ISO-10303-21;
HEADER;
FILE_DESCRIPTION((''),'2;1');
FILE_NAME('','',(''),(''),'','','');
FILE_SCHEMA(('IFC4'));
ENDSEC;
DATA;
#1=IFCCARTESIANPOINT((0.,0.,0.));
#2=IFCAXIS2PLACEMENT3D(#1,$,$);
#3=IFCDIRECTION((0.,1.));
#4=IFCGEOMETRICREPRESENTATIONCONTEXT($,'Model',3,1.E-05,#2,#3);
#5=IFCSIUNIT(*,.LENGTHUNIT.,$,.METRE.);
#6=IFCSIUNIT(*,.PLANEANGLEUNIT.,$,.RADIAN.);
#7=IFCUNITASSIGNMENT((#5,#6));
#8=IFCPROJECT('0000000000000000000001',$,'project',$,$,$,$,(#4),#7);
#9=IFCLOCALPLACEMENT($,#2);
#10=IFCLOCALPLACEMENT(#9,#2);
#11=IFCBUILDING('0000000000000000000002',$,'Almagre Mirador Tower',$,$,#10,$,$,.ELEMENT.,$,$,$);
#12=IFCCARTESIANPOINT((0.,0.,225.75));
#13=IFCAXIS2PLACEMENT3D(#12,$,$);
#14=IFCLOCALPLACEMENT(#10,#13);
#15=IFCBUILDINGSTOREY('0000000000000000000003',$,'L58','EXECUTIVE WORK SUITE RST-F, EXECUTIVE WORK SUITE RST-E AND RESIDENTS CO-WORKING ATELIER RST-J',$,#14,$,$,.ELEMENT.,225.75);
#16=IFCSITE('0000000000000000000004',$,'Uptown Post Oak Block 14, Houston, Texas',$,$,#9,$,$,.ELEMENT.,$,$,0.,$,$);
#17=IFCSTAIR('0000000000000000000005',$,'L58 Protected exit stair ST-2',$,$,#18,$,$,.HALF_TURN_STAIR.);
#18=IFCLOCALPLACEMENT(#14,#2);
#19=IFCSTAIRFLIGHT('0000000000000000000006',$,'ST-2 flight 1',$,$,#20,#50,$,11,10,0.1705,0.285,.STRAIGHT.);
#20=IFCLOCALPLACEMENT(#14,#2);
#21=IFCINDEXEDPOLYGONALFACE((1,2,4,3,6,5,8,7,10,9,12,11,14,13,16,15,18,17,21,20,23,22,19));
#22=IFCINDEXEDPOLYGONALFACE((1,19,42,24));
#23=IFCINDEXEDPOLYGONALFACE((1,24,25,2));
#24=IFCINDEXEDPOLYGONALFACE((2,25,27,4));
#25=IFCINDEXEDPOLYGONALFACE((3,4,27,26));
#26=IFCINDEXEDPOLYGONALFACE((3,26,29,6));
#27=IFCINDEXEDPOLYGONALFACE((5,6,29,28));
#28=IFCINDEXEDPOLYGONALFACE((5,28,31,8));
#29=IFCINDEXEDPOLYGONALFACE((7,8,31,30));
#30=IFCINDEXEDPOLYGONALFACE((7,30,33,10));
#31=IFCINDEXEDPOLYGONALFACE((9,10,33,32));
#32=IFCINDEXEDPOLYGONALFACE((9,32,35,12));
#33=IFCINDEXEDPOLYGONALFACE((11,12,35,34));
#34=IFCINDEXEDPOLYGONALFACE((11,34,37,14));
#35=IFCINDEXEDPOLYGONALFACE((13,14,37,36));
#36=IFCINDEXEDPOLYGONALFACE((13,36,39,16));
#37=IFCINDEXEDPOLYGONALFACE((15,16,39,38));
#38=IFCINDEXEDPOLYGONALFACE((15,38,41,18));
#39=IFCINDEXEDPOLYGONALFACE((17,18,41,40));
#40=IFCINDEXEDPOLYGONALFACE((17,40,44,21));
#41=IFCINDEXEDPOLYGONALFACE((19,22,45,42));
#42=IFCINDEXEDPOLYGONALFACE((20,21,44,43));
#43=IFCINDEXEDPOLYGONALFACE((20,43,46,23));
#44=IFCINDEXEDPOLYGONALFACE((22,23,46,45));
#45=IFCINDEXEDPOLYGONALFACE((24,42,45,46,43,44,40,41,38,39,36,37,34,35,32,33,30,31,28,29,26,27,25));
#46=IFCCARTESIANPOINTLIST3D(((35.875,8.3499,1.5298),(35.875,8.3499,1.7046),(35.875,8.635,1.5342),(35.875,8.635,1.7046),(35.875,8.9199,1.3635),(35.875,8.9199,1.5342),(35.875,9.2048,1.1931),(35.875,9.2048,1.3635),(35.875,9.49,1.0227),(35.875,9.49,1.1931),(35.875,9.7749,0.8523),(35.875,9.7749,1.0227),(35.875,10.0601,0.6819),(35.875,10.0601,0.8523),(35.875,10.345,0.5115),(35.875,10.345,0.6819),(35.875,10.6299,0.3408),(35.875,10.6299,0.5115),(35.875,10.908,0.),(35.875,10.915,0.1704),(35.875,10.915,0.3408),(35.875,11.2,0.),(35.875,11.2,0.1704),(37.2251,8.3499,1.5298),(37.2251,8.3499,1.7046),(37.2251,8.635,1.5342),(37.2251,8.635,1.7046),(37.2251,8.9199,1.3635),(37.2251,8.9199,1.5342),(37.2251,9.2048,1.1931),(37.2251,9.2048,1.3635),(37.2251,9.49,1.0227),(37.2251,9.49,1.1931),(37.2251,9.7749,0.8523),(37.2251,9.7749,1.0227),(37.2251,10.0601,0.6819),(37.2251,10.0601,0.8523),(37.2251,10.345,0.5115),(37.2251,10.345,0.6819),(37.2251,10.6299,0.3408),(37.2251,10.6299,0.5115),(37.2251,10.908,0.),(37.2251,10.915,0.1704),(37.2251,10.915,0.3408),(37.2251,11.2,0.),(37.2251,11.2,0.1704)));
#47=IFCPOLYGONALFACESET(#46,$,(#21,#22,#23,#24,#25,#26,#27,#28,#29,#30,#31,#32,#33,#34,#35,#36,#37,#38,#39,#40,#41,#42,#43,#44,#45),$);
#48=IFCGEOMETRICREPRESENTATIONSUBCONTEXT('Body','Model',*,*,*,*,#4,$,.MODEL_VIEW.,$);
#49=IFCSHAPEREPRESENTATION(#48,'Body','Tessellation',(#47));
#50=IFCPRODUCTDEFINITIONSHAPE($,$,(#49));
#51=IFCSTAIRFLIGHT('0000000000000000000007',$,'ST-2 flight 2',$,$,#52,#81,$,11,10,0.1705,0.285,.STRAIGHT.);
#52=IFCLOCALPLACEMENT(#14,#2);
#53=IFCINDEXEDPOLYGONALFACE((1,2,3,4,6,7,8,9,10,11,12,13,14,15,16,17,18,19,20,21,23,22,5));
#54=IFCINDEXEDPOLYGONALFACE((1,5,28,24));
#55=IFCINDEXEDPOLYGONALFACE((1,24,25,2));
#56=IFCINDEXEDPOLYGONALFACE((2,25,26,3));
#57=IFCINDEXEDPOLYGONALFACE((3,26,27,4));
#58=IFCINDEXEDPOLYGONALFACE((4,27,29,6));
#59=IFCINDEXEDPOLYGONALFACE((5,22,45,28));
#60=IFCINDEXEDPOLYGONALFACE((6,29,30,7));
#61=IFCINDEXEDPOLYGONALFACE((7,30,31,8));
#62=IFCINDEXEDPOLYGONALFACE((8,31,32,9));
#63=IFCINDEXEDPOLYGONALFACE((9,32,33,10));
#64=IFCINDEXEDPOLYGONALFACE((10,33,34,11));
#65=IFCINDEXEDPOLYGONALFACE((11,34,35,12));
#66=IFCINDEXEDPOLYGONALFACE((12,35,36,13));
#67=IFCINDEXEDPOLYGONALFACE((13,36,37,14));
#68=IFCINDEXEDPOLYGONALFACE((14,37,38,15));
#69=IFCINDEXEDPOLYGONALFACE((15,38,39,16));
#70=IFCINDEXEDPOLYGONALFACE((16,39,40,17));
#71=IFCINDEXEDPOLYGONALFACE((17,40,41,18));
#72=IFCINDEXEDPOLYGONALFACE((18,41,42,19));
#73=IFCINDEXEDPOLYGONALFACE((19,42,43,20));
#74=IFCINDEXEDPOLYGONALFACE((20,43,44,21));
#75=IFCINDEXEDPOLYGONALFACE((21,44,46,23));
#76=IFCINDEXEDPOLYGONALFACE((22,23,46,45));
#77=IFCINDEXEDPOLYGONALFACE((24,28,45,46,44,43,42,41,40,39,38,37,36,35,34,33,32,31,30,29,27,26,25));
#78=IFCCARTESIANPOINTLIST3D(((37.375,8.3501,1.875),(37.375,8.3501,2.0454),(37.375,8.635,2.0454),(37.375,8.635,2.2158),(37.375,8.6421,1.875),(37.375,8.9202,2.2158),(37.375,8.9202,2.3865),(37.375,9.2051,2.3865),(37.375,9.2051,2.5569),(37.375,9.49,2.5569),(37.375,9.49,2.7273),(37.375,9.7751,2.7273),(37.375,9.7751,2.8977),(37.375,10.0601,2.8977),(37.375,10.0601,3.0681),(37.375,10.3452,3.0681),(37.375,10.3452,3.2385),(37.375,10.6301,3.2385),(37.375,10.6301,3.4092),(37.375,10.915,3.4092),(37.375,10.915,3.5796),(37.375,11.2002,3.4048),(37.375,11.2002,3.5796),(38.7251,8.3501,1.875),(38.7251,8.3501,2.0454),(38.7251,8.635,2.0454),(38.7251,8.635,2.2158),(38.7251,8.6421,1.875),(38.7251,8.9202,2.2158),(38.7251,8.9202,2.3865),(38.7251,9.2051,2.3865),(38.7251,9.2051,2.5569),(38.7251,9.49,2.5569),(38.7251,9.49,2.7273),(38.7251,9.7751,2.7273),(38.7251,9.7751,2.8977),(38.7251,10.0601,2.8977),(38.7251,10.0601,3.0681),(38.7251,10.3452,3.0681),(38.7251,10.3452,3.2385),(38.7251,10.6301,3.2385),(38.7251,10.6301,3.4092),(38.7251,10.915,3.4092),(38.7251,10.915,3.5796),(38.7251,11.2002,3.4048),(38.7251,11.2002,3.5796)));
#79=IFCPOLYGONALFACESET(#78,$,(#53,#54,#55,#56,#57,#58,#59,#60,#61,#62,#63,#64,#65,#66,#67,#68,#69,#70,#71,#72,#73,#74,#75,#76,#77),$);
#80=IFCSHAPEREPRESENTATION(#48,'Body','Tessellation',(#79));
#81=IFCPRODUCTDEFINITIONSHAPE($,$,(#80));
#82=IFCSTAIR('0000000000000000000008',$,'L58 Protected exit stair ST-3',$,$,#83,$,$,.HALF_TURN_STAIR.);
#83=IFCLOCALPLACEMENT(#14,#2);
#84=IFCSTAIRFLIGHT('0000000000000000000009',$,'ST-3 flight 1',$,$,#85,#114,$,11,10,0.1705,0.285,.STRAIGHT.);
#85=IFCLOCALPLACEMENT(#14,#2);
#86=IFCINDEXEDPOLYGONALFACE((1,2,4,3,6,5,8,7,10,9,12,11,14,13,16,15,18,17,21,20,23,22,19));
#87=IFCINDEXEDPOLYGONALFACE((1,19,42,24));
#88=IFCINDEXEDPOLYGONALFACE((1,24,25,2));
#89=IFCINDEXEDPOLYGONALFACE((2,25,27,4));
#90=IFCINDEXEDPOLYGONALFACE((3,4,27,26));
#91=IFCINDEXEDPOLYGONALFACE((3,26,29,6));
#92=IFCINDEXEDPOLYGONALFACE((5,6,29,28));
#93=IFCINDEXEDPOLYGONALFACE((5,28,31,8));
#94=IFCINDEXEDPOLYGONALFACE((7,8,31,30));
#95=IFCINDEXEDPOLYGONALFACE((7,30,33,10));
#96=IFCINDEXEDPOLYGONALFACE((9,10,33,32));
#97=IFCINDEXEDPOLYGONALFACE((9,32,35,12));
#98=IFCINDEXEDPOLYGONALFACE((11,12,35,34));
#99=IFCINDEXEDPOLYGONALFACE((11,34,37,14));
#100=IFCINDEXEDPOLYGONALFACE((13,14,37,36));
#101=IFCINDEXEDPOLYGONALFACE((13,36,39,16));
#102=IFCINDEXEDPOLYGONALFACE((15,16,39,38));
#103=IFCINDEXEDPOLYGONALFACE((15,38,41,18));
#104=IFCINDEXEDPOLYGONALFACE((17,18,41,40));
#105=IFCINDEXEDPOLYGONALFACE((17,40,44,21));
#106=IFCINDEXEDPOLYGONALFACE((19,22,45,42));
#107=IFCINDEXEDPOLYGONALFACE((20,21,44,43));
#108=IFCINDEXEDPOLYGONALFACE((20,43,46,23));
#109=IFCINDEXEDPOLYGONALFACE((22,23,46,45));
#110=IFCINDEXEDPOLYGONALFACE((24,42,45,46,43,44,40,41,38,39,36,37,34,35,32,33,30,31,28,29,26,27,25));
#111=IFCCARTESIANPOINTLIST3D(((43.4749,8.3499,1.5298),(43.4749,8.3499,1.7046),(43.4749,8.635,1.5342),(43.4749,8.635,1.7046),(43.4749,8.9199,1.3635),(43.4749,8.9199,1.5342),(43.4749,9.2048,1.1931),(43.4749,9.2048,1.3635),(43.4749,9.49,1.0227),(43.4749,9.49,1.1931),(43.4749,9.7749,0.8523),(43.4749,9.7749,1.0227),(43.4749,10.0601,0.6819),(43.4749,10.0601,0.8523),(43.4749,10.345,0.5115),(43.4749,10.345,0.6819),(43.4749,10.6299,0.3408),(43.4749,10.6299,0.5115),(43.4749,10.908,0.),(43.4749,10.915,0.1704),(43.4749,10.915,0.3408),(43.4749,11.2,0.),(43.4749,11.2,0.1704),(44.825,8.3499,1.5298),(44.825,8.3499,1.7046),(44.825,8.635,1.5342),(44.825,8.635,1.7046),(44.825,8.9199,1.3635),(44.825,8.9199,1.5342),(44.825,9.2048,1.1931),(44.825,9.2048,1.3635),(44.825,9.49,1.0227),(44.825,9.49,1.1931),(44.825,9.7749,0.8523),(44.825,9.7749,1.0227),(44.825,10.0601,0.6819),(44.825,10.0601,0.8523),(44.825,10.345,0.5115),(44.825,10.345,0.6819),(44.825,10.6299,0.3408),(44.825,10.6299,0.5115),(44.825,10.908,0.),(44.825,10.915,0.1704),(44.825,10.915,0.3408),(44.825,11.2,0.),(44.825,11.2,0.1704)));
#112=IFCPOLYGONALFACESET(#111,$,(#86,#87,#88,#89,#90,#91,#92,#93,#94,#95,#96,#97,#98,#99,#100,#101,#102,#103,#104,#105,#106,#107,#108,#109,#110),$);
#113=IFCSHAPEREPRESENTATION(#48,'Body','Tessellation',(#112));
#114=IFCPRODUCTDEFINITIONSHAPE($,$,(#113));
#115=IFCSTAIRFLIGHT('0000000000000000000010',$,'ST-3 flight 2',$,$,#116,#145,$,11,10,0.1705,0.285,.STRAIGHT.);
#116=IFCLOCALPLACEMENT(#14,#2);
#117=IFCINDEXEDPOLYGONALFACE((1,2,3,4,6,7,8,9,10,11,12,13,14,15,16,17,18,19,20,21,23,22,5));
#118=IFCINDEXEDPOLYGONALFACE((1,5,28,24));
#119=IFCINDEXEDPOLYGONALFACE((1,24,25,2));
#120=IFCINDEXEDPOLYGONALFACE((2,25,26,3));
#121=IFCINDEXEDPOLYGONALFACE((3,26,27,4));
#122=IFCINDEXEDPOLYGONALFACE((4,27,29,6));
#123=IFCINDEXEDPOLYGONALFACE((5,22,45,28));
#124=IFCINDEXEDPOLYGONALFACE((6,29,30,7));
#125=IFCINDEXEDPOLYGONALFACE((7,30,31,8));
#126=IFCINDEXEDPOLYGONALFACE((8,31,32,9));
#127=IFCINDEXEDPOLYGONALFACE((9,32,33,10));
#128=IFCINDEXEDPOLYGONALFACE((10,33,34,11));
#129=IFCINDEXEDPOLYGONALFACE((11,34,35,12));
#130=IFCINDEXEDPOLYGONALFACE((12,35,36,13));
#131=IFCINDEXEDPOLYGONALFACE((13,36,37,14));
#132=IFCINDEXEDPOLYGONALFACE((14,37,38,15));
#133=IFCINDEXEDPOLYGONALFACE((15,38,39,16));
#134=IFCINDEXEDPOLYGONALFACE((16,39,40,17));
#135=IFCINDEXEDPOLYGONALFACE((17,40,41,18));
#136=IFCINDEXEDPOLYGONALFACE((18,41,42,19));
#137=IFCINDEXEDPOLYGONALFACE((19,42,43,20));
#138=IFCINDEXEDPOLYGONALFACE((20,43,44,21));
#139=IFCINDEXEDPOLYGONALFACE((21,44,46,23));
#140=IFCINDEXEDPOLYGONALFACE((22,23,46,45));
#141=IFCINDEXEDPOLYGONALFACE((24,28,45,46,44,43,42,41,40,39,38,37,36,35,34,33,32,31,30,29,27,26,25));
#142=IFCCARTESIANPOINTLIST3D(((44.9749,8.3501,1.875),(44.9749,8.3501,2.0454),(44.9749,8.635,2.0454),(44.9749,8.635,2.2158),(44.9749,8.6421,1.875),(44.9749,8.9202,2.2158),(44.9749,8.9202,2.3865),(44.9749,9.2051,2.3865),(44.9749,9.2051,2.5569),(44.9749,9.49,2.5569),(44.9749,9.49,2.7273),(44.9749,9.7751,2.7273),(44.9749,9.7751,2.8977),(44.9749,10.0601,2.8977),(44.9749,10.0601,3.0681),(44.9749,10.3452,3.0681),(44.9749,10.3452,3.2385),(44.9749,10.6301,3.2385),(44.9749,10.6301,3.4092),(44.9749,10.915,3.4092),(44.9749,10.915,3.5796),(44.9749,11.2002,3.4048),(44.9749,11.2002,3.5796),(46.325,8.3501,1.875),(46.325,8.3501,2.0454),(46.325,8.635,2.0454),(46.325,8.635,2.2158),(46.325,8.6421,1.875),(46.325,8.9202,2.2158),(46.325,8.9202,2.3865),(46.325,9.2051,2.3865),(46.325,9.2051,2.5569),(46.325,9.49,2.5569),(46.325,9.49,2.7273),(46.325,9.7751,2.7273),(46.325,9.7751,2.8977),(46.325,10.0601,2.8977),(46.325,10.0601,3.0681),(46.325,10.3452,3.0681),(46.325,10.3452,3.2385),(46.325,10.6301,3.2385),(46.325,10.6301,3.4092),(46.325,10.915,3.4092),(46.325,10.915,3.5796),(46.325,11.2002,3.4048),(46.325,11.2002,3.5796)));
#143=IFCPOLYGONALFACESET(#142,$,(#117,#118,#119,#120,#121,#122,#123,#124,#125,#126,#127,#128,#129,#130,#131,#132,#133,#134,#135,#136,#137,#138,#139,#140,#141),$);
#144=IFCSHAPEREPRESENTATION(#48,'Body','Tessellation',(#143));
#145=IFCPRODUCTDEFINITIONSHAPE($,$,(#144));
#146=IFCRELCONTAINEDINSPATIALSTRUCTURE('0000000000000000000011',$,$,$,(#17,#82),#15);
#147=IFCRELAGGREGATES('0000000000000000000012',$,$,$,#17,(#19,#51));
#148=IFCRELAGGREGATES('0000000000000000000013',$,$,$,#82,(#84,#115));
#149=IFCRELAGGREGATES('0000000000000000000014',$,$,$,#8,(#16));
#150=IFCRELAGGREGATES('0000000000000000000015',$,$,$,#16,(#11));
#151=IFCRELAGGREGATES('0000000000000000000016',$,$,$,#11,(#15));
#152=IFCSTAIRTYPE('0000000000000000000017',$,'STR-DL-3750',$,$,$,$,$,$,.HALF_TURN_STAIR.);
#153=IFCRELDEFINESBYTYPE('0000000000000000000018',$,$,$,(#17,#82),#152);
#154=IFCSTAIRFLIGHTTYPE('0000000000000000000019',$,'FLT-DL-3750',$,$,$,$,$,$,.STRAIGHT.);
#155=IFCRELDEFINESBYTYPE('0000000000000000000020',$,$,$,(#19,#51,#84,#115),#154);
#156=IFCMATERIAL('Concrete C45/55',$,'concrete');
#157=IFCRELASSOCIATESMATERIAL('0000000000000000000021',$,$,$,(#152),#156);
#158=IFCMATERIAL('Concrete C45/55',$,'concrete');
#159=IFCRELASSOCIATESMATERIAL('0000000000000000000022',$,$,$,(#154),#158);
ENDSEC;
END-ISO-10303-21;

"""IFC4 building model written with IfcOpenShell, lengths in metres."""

from ifc_helpers import new_model, si_unit, direction, frame, origin, place, context, subcontext, project, spatial, polyline, outline, extrude, material, type_object, element, aggregate, save


model = new_model("IFC4")

# Units and contexts
model_context = context("Model", 3, precision=1e-05, world=origin(), true_north=direction((0.0, 1.0)))
body_context = subcontext(model_context, "Body", "Model", "MODEL_VIEW")
ifc_project = project(units=[si_unit("LENGTHUNIT", "METRE"), si_unit("PLANEANGLEUNIT", "RADIAN")], contexts=[model_context])

# Site, building, storey
site_placement = place(None, origin())
site = spatial("IfcSite", under=ifc_project, at=site_placement, Name="Uptown Post Oak Block 14, Houston, Texas", CompositionType="ELEMENT", RefElevation=0.0)
building_placement = place(site_placement, origin())
building = spatial("IfcBuilding", under=site, at=building_placement, Name="Almagre Mirador Tower", CompositionType="ELEMENT")
storey_placement = place(building_placement, frame((0.0, 0.0, 225.75)))
storey = spatial("IfcBuildingStorey", under=building, at=storey_placement, Name="L58", Description="EXECUTIVE WORK SUITE RST-F, EXECUTIVE WORK SUITE RST-E AND RESIDENTS CO-WORKING ATELIER RST-J", CompositionType="ELEMENT", Elevation=225.75)

# Stairs, stair flights
ifc_material_1 = material(Name="Concrete C45/55", Category="concrete")
stair_type = type_object("IfcStairType", Name="STR-DL-3750", PredefinedType="HALF_TURN_STAIR", material=ifc_material_1)
stair_1_placement = place(storey_placement, origin())
stair_1 = element("IfcStair", 1, at=stair_1_placement, inside=storey, type_object=stair_type, Name="L58 Protected exit stair ST-2", PredefinedType="HALF_TURN_STAIR")
ifc_material_2 = material(Name="Concrete C45/55", Category="concrete")
stair_flight_type = type_object("IfcStairFlightType", Name="FLT-DL-3750", PredefinedType="STRAIGHT", material=ifc_material_2)
stair_flight_1_placement = place(storey_placement, frame((36.55, 11.2, 0.0), z_axis=(0.0, 0.0, 1.0), x_axis=(0.0, -1.0, 0.0)))
stair_flight_1 = element("IfcStairFlight", 2, at=stair_flight_1_placement, type_object=stair_flight_type, Name="ST-2 flight 1", NumberOfRisers=11, NumberOfTreads=10, PredefinedType="STRAIGHT", RiserHeight=0.1705, TreadLength=0.285, context=body_context, shape_type="SweptSolid", body=[
    extrude(outline(polyline([(0.0, 0.0), (0.0, 0.1704), (0.2849, 0.1704), (0.2849, 0.3408), (0.5701, 0.3408), (0.5701, 0.5115), (0.855, 0.5115), (0.855, 0.6819), (1.1399, 0.6819), (1.1399, 0.8523), (1.425, 0.8523), (1.425, 1.0227), (1.71, 1.0227), (1.71, 1.1931), (1.9951, 1.1931), (1.9951, 1.3635), (2.28, 1.3635), (2.28, 1.5342), (2.5649, 1.5342), (2.5649, 1.7046), (2.8501, 1.7046), (2.8501, 1.875), (2.8501, 1.5298), (0.292, 0.0), (0.0, 0.0)])), frame((0.0, 0.675, 0.0), z_axis=(0.0, -1.0, 0.0), x_axis=(1.0, 0.0, 0.0)), (0.0, 0.0, 1.0), 1.3501),
])
stair_flight_2_placement = place(storey_placement, frame((38.05, 8.3501, 1.875), z_axis=(0.0, 0.0, 1.0), x_axis=(0.0, 1.0, 0.0)))
stair_flight_2 = element("IfcStairFlight", 3, at=stair_flight_2_placement, type_object=stair_flight_type, Name="ST-2 flight 2", NumberOfRisers=11, NumberOfTreads=10, PredefinedType="STRAIGHT", RiserHeight=0.1705, TreadLength=0.285, context=body_context, shape_type="SweptSolid", body=[
    extrude(outline(polyline([(0.0, 0.0), (0.0, 0.1704), (0.2849, 0.1704), (0.2849, 0.3408), (0.5701, 0.3408), (0.5701, 0.5115), (0.855, 0.5115), (0.855, 0.6819), (1.1399, 0.6819), (1.1399, 0.8523), (1.425, 0.8523), (1.425, 1.0227), (1.71, 1.0227), (1.71, 1.1931), (1.9951, 1.1931), (1.9951, 1.3635), (2.28, 1.3635), (2.28, 1.5342), (2.5649, 1.5342), (2.5649, 1.7046), (2.8501, 1.7046), (2.8501, 1.875), (2.8501, 1.5298), (0.292, 0.0), (0.0, 0.0)])), frame((0.0, 0.675, 0.0), z_axis=(0.0, -1.0, 0.0), x_axis=(1.0, 0.0, 0.0)), (0.0, 0.0, 1.0), 1.3501),
])
aggregate(stair_1, [stair_flight_1, stair_flight_2])
stair_2_placement = place(storey_placement, origin())
stair_2 = element("IfcStair", 4, at=stair_2_placement, inside=storey, type_object=stair_type, Name="L58 Protected exit stair ST-3", PredefinedType="HALF_TURN_STAIR")
stair_flight_3_placement = place(storey_placement, frame((44.1499, 11.2, 0.0), z_axis=(0.0, 0.0, 1.0), x_axis=(0.0, -1.0, 0.0)))
stair_flight_3 = element("IfcStairFlight", 5, at=stair_flight_3_placement, type_object=stair_flight_type, Name="ST-3 flight 1", NumberOfRisers=11, NumberOfTreads=10, PredefinedType="STRAIGHT", RiserHeight=0.1705, TreadLength=0.285, context=body_context, shape_type="SweptSolid", body=[
    extrude(outline(polyline([(0.0, 0.0), (0.0, 0.1704), (0.2849, 0.1704), (0.2849, 0.3408), (0.5701, 0.3408), (0.5701, 0.5115), (0.855, 0.5115), (0.855, 0.6819), (1.1399, 0.6819), (1.1399, 0.8523), (1.425, 0.8523), (1.425, 1.0227), (1.71, 1.0227), (1.71, 1.1931), (1.9951, 1.1931), (1.9951, 1.3635), (2.28, 1.3635), (2.28, 1.5342), (2.5649, 1.5342), (2.5649, 1.7046), (2.8501, 1.7046), (2.8501, 1.875), (2.8501, 1.5298), (0.292, 0.0), (0.0, 0.0)])), frame((0.0, 0.675, 0.0), z_axis=(0.0, -1.0, 0.0), x_axis=(1.0, 0.0, 0.0)), (0.0, 0.0, 1.0), 1.3501),
])
stair_flight_4_placement = place(storey_placement, frame((45.6499, 8.3501, 1.875), z_axis=(0.0, 0.0, 1.0), x_axis=(0.0, 1.0, 0.0)))
stair_flight_4 = element("IfcStairFlight", 6, at=stair_flight_4_placement, type_object=stair_flight_type, Name="ST-3 flight 2", NumberOfRisers=11, NumberOfTreads=10, PredefinedType="STRAIGHT", RiserHeight=0.1705, TreadLength=0.285, context=body_context, shape_type="SweptSolid", body=[
    extrude(outline(polyline([(0.0, 0.0), (0.0, 0.1704), (0.2849, 0.1704), (0.2849, 0.3408), (0.5701, 0.3408), (0.5701, 0.5115), (0.855, 0.5115), (0.855, 0.6819), (1.1399, 0.6819), (1.1399, 0.8523), (1.425, 0.8523), (1.425, 1.0227), (1.71, 1.0227), (1.71, 1.1931), (1.9951, 1.1931), (1.9951, 1.3635), (2.28, 1.3635), (2.28, 1.5342), (2.5649, 1.5342), (2.5649, 1.7046), (2.8501, 1.7046), (2.8501, 1.875), (2.8501, 1.5298), (0.292, 0.0), (0.0, 0.0)])), frame((0.0, 0.675, 0.0), z_axis=(0.0, -1.0, 0.0), x_axis=(1.0, 0.0, 0.0)), (0.0, 0.0, 1.0), 1.3501),
])
aggregate(stair_2, [stair_flight_3, stair_flight_4])

save(model, "model.ifc")
